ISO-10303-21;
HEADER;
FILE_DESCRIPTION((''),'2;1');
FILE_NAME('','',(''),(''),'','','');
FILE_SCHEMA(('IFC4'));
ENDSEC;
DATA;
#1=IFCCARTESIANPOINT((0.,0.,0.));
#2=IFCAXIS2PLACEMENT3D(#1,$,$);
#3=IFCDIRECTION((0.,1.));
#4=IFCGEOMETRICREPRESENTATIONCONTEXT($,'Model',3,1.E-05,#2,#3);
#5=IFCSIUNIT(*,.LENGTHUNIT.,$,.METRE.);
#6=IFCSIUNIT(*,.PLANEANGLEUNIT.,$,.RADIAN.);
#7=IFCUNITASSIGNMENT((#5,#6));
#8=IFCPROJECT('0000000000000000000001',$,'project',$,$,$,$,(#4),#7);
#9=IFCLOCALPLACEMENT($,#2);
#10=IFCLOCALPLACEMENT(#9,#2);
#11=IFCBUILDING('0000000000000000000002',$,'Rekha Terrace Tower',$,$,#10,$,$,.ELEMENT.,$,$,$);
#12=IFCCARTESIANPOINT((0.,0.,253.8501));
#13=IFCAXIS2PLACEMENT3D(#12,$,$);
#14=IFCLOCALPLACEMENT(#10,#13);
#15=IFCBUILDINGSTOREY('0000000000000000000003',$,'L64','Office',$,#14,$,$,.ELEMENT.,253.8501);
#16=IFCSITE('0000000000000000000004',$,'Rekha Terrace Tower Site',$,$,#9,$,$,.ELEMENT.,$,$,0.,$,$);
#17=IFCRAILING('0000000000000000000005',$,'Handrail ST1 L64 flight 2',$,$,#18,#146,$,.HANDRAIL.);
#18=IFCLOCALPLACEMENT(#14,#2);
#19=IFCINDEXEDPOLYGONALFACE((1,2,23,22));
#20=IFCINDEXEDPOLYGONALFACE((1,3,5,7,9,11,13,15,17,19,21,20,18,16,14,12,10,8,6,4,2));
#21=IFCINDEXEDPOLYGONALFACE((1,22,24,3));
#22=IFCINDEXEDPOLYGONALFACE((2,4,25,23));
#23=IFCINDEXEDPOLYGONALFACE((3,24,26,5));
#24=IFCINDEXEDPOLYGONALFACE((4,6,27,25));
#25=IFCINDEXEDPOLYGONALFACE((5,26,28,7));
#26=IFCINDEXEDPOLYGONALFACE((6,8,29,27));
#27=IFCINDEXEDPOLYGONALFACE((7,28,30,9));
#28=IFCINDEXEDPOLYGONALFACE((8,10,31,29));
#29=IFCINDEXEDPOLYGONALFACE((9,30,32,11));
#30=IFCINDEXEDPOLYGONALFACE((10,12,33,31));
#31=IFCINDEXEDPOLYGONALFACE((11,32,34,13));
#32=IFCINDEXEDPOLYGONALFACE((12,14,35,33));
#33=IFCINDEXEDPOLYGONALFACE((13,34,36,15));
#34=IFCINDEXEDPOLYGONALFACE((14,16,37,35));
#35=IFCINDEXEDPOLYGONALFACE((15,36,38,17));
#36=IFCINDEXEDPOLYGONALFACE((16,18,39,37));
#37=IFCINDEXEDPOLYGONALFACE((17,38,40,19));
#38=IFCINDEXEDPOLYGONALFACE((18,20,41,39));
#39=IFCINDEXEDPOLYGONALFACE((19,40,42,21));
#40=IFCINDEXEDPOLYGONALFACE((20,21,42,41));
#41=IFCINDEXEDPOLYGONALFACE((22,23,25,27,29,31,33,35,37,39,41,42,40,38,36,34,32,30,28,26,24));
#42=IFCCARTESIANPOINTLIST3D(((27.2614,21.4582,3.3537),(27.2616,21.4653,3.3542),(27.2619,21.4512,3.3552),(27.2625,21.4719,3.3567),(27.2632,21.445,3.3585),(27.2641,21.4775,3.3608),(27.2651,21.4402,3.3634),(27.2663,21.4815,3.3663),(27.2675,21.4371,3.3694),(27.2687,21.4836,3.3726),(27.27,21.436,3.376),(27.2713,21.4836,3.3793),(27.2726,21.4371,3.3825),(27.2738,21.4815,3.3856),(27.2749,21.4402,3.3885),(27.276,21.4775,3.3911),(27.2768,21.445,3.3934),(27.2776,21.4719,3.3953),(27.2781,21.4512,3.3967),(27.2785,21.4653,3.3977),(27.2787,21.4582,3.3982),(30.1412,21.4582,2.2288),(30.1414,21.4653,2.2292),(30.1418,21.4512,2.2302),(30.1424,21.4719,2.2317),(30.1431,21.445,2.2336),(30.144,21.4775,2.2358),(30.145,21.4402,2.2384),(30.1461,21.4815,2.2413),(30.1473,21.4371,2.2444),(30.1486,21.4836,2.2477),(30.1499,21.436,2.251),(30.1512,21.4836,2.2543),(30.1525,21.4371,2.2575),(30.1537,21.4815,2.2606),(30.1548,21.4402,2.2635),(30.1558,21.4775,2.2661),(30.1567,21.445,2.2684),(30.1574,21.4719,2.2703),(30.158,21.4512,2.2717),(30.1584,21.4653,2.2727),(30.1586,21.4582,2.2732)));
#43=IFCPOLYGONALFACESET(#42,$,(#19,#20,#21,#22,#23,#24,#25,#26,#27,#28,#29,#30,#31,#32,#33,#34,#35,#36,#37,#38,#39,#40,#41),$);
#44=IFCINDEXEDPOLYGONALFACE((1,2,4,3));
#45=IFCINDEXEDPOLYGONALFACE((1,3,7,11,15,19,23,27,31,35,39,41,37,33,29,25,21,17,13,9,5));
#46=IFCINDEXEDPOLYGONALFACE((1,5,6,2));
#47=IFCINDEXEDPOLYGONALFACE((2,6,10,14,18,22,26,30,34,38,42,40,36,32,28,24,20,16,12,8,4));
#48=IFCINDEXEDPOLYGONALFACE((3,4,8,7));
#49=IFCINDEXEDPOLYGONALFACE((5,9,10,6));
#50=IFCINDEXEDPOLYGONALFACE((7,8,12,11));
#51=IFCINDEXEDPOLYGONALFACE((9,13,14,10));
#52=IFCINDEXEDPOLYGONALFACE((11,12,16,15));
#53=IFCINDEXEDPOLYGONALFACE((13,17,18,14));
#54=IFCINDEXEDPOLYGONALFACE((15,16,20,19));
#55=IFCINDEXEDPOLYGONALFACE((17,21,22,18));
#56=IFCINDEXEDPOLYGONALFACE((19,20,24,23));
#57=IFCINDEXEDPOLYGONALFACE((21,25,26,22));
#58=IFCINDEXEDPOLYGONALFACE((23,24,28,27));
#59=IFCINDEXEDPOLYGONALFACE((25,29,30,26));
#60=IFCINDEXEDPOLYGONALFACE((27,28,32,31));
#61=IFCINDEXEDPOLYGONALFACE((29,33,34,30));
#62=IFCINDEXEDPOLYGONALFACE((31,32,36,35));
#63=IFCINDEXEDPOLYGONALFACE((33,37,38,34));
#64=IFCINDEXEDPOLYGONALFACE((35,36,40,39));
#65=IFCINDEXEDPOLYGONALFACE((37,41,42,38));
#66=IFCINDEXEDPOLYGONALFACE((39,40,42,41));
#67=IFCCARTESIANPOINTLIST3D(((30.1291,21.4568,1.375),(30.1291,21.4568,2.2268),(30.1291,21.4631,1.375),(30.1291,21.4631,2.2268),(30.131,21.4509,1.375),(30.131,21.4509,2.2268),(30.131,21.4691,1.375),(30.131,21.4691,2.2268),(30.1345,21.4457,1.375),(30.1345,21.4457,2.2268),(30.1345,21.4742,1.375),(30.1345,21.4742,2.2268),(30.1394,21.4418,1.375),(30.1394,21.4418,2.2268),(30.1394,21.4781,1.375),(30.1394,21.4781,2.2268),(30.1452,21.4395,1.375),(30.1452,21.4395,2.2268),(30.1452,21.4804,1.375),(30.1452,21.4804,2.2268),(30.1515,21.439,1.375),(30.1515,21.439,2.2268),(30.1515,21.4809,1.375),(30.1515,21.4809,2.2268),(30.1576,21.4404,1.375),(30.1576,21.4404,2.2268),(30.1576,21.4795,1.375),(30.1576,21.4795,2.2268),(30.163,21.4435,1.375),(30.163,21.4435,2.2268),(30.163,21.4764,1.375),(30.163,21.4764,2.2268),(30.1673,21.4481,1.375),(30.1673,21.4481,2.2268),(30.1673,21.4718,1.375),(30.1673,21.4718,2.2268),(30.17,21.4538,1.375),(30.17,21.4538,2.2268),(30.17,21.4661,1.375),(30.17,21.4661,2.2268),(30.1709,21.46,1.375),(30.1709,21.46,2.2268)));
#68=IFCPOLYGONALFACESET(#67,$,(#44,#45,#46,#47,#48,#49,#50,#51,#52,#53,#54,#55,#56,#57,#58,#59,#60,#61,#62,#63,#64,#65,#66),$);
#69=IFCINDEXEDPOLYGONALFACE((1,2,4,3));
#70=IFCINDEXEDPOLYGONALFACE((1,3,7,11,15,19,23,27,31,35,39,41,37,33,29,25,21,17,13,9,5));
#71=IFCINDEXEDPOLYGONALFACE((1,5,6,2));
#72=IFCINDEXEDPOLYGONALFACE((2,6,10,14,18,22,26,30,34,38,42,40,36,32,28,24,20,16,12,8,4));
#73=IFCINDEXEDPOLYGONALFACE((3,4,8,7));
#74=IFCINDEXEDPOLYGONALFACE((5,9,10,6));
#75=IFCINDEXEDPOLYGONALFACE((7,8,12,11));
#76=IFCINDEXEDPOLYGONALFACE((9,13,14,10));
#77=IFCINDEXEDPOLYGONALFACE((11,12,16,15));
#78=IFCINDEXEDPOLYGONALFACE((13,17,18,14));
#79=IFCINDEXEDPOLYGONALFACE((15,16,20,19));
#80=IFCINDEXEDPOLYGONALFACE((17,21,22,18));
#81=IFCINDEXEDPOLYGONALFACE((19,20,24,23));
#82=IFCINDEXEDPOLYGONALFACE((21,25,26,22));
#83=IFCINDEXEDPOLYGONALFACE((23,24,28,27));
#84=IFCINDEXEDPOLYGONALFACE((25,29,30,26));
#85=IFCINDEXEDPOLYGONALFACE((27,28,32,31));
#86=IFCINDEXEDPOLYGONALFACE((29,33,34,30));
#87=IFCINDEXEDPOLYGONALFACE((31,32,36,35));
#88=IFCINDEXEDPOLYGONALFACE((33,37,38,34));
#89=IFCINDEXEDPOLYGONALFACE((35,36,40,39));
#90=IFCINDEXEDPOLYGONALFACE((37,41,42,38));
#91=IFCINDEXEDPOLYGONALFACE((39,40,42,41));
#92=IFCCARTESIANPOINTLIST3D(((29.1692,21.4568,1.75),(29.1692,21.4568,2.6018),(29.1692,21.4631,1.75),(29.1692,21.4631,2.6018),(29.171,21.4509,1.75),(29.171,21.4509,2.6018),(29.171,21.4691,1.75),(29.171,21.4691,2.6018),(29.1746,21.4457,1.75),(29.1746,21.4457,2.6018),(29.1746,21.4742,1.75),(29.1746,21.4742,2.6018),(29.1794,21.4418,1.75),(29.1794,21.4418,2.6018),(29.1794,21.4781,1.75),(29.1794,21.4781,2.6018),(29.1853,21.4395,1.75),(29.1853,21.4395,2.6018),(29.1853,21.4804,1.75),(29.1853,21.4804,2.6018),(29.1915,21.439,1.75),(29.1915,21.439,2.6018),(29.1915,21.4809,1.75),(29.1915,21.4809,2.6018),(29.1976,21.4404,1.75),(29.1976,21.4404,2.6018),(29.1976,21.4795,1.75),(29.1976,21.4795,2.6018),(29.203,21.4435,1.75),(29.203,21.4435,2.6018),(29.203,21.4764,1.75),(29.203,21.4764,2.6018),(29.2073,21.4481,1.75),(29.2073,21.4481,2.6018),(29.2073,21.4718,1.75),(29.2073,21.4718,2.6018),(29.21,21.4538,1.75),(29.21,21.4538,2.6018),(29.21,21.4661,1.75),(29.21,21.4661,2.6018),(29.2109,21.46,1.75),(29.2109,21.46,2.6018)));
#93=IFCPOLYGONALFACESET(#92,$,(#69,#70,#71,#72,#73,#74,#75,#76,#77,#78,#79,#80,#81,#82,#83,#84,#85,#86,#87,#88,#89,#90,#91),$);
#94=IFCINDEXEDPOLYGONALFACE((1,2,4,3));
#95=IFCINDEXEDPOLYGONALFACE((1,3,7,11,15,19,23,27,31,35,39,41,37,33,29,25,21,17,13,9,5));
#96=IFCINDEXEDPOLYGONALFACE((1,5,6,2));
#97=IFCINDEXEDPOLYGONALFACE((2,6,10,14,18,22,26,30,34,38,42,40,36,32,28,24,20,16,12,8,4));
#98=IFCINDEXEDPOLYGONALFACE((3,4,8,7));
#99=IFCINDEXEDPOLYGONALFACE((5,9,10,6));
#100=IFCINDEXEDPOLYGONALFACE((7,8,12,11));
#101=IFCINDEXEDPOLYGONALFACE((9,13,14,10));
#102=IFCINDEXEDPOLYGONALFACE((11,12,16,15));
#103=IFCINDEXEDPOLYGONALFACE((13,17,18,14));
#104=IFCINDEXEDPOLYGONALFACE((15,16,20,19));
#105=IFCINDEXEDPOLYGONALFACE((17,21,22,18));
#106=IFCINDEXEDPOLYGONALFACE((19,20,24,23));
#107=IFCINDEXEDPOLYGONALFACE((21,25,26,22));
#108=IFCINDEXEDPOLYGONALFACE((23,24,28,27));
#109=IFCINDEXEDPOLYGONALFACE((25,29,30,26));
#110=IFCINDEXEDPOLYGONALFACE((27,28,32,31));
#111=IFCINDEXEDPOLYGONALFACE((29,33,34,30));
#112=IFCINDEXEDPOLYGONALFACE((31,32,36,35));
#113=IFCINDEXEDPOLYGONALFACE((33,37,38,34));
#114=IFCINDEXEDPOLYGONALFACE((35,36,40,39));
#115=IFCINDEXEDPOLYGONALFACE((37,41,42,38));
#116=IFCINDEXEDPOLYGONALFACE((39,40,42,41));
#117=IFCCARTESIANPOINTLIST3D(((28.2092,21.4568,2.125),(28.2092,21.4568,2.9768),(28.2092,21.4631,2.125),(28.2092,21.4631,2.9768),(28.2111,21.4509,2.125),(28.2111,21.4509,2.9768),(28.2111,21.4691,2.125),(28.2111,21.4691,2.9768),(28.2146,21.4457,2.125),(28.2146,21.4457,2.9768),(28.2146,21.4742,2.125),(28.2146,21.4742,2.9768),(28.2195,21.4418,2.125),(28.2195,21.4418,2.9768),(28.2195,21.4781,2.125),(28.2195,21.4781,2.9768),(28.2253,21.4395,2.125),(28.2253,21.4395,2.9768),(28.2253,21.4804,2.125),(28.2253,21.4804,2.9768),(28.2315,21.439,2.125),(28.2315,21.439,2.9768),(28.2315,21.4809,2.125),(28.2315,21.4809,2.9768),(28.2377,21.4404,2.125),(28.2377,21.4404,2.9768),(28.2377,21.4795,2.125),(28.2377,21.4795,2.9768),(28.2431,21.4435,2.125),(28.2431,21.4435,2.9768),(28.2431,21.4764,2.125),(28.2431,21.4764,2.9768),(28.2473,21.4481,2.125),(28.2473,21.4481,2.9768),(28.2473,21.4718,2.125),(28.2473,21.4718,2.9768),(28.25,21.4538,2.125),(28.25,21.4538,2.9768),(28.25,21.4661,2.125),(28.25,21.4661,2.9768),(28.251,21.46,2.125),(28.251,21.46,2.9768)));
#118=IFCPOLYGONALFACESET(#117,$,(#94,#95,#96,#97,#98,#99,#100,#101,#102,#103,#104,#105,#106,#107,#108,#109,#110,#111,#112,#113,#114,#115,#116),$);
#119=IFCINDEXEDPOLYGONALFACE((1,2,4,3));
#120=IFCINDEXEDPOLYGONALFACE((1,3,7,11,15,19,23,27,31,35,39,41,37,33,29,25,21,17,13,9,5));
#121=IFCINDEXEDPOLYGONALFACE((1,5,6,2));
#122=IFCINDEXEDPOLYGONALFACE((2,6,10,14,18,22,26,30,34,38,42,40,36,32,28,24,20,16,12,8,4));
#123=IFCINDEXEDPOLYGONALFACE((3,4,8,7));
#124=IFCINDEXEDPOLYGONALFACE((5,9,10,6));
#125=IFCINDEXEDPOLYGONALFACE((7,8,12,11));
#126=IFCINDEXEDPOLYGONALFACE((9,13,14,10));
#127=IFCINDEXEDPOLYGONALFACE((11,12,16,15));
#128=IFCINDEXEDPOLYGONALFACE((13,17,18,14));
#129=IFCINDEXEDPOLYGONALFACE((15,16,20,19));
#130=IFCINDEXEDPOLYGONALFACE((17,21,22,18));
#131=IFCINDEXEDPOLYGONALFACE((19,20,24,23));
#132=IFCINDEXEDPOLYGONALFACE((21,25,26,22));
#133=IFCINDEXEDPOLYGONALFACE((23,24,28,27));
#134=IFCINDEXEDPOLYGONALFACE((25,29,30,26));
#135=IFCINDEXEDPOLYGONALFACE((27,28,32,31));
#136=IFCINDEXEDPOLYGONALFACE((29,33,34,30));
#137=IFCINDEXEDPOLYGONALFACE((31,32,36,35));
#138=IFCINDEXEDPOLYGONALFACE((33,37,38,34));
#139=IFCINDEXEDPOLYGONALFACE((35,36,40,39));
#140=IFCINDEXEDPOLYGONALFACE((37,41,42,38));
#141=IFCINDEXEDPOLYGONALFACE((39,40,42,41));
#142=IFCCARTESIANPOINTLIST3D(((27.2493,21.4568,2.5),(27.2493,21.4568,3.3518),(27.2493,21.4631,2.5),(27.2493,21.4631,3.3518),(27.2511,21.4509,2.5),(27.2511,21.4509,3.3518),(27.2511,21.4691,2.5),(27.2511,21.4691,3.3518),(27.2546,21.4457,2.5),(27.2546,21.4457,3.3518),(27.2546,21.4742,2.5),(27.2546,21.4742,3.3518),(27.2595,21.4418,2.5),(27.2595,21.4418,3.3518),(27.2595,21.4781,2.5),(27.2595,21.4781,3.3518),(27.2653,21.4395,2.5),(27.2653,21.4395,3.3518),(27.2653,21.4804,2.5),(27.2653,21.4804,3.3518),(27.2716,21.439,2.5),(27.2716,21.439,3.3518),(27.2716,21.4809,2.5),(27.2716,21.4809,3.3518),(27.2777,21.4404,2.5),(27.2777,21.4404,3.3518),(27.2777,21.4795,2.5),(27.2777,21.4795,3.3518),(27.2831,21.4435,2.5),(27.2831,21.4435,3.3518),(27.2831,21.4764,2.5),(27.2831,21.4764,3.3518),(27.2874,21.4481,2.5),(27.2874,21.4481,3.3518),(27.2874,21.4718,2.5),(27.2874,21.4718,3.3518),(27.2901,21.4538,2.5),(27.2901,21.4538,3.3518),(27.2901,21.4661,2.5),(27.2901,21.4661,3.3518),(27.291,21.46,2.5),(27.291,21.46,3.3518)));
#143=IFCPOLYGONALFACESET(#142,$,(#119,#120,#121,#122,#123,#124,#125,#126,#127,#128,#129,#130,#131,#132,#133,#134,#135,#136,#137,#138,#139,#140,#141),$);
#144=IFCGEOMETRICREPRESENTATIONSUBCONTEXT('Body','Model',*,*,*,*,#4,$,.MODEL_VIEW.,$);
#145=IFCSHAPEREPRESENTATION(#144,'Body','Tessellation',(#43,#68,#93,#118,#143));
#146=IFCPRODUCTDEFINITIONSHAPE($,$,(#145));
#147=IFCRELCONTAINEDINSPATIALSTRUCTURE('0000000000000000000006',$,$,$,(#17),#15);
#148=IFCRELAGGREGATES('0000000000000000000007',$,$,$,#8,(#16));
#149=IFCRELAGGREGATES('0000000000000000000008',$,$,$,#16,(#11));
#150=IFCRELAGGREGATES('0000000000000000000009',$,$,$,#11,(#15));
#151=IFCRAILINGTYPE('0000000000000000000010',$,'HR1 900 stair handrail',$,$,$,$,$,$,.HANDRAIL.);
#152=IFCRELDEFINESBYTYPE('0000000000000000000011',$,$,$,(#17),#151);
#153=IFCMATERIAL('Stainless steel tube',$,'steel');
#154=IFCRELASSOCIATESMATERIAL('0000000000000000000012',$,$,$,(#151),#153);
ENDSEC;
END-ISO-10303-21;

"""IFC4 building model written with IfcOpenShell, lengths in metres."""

from ifc_helpers import new_model, si_unit, direction, frame, origin, origin_2d, place, context, subcontext, project, spatial, circle, extrude, material, type_object, element, save


model = new_model("IFC4")

# Units and contexts
model_context = context("Model", 3, precision=1e-05, world=origin(), true_north=direction((0.0, 1.0)))
body_context = subcontext(model_context, "Body", "Model", "MODEL_VIEW")
ifc_project = project(units=[si_unit("LENGTHUNIT", "METRE"), si_unit("PLANEANGLEUNIT", "RADIAN")], contexts=[model_context])

# Site, building, storey
site_placement = place(None, origin())
site = spatial("IfcSite", under=ifc_project, at=site_placement, Name="Rekha Terrace Tower Site", CompositionType="ELEMENT", RefElevation=0.0)
building_placement = place(site_placement, origin())
building = spatial("IfcBuilding", under=site, at=building_placement, Name="Rekha Terrace Tower", CompositionType="ELEMENT")
storey_placement = place(building_placement, frame((0.0, 0.0, 253.8501)))
storey = spatial("IfcBuildingStorey", under=building, at=storey_placement, Name="L64", Description="Office", CompositionType="ELEMENT", Elevation=253.8501)

# Railing
ifc_material_1 = material(Name="Stainless steel tube", Category="steel")
railing_type_1 = type_object("IfcRailingType", Name="HR1 900 stair handrail", PredefinedType="HANDRAIL", material=ifc_material_1)
railing_1_placement = place(storey_placement, frame((30.1499, 21.46, 1.375)))
element("IfcRailing", 1, at=railing_1_placement, inside=storey, type_object=railing_type_1, Name="Handrail ST1 L64 flight 2", PredefinedType="HANDRAIL", context=body_context, shape_type="SweptSolid", body=[
    extrude(circle(Radius=0.0239, at=origin_2d()), frame((0.0, 0.0, 0.876), z_axis=(-0.931452, 0.0, 0.363863), x_axis=(0.0, -1.0, 0.0)), (0.0, 0.0, 1.0), 3.0918),
    extrude(circle(Radius=0.021, at=origin_2d()), origin(), (0.0, 0.0, 1.0), 0.8518),
    extrude(circle(Radius=0.021, at=origin_2d()), frame((-0.96, 0.0, 0.375)), (0.0, 0.0, 1.0), 0.8518),
    extrude(circle(Radius=0.021, at=origin_2d()), frame((-1.9199, 0.0, 0.75)), (0.0, 0.0, 1.0), 0.8518),
    extrude(circle(Radius=0.021, at=origin_2d()), frame((-2.8799, 0.0, 1.125)), (0.0, 0.0, 1.0), 0.8518),
])

save(model, "model.ifc")
